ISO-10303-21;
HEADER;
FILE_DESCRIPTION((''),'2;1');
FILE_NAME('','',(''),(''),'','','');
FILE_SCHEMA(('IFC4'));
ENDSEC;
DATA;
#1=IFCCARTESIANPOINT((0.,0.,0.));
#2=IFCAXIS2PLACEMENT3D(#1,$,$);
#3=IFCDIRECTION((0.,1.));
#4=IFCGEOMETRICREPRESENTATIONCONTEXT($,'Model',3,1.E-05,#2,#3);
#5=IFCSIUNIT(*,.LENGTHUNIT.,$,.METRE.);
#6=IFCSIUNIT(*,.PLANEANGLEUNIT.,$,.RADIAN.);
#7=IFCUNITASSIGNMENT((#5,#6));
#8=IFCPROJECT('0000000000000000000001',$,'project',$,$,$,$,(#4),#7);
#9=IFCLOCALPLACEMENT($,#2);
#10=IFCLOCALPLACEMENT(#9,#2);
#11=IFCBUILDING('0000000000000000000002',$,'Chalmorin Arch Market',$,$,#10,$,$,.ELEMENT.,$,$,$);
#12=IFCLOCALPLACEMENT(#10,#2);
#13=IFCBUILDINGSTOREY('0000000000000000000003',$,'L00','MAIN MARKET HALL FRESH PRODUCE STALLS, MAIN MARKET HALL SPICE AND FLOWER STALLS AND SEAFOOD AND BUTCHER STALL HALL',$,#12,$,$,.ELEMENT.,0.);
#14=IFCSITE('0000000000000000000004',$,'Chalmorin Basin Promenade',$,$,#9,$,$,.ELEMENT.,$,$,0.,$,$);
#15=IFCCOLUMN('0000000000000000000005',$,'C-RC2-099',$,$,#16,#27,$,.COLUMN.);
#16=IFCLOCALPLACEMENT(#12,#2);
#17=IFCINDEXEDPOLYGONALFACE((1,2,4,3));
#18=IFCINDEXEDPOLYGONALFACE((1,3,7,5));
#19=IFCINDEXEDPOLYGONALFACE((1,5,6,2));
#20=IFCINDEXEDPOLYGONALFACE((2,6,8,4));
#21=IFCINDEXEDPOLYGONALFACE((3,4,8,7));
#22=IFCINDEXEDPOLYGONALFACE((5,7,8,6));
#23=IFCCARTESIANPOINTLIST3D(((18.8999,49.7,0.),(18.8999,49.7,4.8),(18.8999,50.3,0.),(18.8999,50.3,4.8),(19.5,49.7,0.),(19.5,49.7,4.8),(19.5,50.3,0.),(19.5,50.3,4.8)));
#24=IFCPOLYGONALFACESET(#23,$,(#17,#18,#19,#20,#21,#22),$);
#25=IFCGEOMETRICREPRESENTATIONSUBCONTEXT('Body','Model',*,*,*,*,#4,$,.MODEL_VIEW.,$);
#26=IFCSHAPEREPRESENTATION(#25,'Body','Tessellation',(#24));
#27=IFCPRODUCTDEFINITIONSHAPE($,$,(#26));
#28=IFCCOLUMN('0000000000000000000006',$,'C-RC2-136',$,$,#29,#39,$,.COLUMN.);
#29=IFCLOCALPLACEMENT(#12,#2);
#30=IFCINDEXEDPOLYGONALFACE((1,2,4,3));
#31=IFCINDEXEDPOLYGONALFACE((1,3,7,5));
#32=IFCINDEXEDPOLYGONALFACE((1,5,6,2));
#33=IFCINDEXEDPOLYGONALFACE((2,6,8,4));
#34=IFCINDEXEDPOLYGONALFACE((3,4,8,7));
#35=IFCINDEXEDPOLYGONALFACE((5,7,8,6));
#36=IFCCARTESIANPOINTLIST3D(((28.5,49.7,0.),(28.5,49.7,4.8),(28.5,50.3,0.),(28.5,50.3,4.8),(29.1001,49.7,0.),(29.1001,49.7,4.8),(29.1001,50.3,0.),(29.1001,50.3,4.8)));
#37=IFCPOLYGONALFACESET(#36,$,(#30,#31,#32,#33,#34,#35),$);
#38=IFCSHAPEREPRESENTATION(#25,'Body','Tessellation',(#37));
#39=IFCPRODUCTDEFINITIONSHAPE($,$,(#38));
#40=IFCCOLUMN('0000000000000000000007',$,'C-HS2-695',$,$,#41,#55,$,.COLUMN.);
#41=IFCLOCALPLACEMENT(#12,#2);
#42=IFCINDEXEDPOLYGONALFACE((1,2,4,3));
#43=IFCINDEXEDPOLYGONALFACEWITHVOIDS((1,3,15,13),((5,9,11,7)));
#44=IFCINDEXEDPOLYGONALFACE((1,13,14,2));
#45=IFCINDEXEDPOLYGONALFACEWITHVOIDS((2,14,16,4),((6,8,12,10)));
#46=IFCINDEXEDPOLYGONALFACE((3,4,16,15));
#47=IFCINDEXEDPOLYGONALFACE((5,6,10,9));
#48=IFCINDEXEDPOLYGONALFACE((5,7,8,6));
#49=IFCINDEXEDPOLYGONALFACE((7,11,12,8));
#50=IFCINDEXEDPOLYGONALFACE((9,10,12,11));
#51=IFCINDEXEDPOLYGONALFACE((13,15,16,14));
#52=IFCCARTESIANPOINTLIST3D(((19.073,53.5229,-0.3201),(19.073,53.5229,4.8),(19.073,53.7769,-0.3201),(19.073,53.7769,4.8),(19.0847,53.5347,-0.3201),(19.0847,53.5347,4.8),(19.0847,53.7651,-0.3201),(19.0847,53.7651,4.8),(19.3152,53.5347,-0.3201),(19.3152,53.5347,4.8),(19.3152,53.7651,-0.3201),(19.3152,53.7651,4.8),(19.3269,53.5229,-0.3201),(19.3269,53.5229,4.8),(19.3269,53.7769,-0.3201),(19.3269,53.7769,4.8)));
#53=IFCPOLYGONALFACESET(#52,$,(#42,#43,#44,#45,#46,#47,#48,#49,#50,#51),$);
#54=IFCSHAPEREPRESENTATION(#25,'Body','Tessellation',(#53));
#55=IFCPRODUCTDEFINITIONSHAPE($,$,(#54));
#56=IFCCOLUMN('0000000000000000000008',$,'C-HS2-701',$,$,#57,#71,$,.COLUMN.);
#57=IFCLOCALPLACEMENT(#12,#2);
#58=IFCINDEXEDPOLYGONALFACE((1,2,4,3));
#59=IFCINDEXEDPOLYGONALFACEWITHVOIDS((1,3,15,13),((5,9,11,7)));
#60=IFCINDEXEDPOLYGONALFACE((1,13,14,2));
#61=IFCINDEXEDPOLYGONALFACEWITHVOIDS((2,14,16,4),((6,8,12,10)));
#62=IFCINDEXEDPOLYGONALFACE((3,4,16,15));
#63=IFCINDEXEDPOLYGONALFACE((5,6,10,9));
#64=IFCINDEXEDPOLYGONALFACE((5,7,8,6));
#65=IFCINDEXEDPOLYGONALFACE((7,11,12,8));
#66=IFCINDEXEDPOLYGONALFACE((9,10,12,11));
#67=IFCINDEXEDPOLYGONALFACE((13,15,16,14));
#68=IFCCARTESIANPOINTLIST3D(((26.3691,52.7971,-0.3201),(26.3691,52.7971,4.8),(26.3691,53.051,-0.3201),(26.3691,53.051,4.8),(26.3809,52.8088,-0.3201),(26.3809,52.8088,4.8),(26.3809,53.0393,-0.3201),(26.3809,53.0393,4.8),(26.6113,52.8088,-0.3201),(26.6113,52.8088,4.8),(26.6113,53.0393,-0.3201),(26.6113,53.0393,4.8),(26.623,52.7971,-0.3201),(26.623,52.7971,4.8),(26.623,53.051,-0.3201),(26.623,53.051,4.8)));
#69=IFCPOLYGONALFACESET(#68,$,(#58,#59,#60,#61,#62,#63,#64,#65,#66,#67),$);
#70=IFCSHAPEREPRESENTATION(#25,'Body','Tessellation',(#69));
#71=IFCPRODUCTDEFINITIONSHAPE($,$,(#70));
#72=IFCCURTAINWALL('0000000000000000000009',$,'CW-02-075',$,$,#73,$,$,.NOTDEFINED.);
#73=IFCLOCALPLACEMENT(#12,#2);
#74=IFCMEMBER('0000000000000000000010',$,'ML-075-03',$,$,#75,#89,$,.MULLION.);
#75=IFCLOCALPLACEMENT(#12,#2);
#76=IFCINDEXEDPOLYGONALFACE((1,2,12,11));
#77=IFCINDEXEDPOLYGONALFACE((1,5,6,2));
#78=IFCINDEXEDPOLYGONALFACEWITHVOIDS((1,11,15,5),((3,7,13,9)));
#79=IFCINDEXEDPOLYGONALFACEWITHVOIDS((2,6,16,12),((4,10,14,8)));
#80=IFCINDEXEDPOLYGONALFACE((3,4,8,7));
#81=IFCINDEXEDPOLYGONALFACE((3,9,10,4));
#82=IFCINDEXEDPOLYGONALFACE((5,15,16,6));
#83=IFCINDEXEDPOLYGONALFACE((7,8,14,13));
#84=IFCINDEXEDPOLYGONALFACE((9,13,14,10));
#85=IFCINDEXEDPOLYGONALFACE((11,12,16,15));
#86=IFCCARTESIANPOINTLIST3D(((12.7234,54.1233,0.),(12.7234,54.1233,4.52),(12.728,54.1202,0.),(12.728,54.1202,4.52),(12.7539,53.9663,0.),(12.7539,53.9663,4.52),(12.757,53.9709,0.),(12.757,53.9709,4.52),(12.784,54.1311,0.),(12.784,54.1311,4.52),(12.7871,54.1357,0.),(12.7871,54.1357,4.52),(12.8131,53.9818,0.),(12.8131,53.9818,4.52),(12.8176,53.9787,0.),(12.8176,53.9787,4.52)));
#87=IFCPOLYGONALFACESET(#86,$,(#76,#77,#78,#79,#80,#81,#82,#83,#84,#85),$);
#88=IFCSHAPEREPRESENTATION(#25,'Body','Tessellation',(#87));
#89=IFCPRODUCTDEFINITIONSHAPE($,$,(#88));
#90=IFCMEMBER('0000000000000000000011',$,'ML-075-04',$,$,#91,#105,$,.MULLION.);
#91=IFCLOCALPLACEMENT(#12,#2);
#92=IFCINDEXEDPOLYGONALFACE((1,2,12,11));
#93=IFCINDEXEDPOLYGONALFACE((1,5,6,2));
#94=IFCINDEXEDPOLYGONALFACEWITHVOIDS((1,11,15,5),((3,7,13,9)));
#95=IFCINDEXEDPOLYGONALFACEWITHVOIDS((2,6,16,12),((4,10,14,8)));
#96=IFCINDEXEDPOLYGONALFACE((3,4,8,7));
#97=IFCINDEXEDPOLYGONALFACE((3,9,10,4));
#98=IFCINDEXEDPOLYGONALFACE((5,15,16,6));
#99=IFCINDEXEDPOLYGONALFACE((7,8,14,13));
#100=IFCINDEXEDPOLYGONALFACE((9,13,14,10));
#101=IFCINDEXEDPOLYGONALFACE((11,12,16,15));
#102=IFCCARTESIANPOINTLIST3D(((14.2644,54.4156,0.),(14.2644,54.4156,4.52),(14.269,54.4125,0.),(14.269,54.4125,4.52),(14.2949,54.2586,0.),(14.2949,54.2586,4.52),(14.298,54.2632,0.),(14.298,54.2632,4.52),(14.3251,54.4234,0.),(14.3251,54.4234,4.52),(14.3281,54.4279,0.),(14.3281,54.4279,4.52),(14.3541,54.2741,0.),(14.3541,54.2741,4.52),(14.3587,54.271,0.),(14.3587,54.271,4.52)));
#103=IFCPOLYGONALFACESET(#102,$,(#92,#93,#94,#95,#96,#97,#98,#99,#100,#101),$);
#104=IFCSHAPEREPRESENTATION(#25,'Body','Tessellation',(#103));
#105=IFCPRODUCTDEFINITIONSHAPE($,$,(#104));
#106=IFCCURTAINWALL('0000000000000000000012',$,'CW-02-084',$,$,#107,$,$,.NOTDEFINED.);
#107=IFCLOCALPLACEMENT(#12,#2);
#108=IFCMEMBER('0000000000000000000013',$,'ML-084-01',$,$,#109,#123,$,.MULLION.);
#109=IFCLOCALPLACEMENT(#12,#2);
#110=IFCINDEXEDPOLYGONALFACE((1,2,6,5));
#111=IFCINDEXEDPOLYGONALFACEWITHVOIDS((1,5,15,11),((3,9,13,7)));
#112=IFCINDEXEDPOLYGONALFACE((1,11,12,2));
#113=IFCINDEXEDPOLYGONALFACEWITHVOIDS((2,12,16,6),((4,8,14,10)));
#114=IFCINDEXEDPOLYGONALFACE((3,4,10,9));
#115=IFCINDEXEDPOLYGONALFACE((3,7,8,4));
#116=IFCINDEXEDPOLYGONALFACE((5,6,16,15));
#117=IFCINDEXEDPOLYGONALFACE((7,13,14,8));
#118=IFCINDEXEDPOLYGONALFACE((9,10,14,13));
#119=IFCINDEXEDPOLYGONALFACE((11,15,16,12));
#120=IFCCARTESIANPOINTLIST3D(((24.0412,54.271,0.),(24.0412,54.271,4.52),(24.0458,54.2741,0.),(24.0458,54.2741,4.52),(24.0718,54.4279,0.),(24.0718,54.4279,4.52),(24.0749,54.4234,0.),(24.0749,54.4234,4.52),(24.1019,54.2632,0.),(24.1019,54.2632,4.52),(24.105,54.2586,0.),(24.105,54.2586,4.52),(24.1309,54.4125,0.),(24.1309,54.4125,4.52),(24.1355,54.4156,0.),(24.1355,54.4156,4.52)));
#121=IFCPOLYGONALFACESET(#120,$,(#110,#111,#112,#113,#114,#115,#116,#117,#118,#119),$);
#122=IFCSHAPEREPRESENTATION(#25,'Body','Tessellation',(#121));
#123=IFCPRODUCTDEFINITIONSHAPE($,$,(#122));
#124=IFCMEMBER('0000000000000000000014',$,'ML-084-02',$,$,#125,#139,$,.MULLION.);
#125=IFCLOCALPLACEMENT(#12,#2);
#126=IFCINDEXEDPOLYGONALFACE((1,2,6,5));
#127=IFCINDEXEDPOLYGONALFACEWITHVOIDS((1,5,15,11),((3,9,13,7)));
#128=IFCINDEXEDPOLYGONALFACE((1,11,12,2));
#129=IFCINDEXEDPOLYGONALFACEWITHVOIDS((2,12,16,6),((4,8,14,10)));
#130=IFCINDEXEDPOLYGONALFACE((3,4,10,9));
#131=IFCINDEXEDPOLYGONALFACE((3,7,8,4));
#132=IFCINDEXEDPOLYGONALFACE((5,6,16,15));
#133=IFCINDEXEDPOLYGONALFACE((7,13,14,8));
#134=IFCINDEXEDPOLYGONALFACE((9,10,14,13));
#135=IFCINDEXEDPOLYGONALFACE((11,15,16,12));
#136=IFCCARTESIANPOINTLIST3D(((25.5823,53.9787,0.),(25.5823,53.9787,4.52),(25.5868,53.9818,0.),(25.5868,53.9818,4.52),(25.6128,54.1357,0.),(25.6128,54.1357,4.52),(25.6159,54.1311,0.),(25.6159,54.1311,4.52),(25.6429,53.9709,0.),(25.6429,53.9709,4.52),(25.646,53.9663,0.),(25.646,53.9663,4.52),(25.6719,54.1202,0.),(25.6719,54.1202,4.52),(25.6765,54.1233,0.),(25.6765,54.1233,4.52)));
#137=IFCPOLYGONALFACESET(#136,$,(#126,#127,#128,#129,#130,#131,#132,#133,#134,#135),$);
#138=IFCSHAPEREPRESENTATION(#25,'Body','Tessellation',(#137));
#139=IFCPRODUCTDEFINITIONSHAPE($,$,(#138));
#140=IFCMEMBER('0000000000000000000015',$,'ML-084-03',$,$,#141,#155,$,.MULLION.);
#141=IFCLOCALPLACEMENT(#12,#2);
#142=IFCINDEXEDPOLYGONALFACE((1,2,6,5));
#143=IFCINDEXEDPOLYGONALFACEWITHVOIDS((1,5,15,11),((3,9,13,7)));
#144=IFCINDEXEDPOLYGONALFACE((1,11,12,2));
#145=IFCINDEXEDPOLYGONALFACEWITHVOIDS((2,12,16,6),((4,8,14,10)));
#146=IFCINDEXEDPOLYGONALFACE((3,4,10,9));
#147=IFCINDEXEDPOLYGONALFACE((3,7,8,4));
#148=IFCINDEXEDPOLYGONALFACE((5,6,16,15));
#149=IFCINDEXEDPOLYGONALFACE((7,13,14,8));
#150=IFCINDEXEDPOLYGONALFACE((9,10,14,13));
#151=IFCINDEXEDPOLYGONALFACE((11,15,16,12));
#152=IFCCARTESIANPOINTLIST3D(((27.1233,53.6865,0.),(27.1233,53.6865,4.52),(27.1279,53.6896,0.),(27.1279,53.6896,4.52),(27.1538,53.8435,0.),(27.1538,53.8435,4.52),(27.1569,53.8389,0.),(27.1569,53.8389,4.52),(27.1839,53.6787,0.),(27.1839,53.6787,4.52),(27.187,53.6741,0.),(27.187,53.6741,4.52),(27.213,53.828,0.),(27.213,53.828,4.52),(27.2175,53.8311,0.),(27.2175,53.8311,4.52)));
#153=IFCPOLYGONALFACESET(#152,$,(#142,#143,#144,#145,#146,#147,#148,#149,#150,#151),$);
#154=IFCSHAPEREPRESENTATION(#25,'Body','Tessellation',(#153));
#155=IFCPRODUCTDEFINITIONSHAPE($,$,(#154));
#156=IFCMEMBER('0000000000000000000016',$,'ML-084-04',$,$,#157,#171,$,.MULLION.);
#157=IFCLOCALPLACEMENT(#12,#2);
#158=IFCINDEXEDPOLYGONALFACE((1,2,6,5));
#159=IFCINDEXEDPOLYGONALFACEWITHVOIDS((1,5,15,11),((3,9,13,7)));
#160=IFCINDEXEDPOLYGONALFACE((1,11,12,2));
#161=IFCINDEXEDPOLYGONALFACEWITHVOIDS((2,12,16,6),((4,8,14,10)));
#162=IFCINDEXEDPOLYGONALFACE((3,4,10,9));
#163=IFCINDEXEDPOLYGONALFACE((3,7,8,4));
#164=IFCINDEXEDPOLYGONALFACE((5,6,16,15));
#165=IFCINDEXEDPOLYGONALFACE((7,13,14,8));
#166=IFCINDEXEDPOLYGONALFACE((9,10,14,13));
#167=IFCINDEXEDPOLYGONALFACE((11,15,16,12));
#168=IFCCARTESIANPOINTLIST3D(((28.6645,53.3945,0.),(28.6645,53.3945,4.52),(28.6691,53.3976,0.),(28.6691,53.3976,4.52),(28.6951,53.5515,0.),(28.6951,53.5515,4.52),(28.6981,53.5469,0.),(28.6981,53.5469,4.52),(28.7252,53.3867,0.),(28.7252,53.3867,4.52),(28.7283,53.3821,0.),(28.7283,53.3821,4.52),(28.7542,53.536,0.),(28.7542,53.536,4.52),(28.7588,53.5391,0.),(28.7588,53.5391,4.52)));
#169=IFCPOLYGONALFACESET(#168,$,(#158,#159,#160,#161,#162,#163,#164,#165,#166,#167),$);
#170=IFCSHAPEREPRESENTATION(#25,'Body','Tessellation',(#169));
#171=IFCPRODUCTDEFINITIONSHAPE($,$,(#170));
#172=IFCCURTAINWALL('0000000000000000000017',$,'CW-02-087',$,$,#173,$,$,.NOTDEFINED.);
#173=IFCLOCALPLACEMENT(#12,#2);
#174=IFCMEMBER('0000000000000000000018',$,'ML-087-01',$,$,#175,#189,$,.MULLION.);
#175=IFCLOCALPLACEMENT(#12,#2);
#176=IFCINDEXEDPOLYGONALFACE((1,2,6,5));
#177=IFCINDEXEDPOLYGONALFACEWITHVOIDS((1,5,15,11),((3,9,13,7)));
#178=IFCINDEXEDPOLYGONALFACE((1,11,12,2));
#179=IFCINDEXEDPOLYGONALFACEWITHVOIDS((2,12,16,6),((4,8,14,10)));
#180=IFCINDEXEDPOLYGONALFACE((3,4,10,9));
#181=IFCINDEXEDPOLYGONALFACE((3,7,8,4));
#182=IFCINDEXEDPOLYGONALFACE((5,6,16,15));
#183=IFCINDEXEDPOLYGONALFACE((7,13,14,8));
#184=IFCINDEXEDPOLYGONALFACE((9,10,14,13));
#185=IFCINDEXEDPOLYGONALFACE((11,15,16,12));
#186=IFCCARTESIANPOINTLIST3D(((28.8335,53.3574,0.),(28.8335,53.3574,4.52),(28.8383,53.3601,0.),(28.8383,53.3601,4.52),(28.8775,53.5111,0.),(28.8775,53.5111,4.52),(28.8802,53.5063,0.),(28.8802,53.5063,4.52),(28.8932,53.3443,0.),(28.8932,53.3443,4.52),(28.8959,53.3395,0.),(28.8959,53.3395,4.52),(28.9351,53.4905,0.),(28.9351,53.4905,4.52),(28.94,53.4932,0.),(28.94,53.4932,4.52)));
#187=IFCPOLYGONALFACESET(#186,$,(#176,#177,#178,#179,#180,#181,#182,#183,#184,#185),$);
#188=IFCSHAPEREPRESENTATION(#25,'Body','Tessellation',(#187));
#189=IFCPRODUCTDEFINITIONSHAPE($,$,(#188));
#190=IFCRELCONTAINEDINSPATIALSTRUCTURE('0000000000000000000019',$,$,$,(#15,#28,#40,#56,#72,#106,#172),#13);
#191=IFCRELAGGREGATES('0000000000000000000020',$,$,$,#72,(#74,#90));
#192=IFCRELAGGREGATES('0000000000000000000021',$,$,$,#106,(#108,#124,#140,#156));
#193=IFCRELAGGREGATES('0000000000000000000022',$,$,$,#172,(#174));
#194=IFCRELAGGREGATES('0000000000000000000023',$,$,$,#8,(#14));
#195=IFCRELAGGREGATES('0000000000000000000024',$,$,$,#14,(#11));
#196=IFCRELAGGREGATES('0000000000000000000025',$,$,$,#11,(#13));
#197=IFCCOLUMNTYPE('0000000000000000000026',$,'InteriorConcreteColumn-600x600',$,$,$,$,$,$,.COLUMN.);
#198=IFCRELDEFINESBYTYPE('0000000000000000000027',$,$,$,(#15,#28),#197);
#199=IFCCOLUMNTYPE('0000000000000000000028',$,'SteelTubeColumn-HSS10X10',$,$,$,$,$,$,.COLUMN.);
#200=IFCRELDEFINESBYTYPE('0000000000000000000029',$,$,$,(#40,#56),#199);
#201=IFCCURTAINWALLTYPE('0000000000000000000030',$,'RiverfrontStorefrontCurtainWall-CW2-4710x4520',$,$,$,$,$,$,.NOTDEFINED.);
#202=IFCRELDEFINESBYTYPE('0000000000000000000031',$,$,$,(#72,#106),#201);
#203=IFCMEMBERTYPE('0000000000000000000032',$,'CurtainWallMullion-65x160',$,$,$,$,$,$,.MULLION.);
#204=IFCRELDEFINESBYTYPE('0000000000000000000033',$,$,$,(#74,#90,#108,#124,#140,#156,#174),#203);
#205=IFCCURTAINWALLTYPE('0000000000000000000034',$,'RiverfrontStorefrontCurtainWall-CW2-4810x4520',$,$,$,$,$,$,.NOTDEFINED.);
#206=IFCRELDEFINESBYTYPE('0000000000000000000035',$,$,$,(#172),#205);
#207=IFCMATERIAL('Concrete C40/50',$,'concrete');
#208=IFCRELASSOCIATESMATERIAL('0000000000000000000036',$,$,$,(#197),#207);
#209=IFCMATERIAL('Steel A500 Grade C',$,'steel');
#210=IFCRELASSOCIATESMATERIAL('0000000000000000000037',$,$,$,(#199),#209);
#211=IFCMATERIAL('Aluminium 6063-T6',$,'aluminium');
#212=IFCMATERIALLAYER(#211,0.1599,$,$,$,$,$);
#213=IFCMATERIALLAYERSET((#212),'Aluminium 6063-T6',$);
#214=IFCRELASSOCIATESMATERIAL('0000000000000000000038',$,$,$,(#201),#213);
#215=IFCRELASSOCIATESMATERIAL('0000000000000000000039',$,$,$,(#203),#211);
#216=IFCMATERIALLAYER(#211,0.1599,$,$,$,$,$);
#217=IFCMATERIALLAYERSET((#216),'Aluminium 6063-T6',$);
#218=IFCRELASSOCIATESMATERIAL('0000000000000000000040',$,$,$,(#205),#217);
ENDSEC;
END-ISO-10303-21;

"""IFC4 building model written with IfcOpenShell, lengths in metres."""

from ifc_helpers import new_model, si_unit, direction, frame, origin, origin_2d, place, context, subcontext, project, spatial, rectangle, hollow_rectangle, extrude, material, layer, layer_set, material_profile, profile_set, type_object, element, aggregate, save


model = new_model("IFC4")

# Units and contexts
model_context = context("Model", 3, precision=1e-05, world=origin(), true_north=direction((0.0, 1.0)))
body_context = subcontext(model_context, "Body", "Model", "MODEL_VIEW")
ifc_project = project(units=[si_unit("LENGTHUNIT", "METRE"), si_unit("PLANEANGLEUNIT", "RADIAN")], contexts=[model_context])

# Site, building, storey
site_placement = place(None, origin())
site = spatial("IfcSite", under=ifc_project, at=site_placement, Name="Chalmorin Basin Promenade", CompositionType="ELEMENT", RefElevation=0.0)
building_placement = place(site_placement, origin())
building = spatial("IfcBuilding", under=site, at=building_placement, Name="Chalmorin Arch Market", CompositionType="ELEMENT")
storey_placement = place(building_placement, origin())
storey = spatial("IfcBuildingStorey", under=building, at=storey_placement, Name="L00", Description="MAIN MARKET HALL FRESH PRODUCE STALLS, MAIN MARKET HALL SPICE AND FLOWER STALLS AND SEAFOOD AND BUTCHER STALL HALL", CompositionType="ELEMENT", Elevation=0.0)

# Columns
ifc_material_1 = material(Name="Concrete C40/50", Category="concrete")
ifc_material_profile_1 = material_profile(ifc_material_1, rectangle(XDim=0.6001, YDim=0.6001, at=origin_2d()), Name="RC600X600")
ifc_profile_set_1 = profile_set([ifc_material_profile_1], Name="Concrete C40/50")
column_type_1 = type_object("IfcColumnType", Name="InteriorConcreteColumn-600x600", PredefinedType="COLUMN", material=ifc_profile_set_1)
for number, where, z_axis, x_axis, name in (
    (1, (19.2, 50.0, 0.0), (0.0, 0.0, 1.0), (1.0, 0.0, 0.0), "C-RC2-099"),
    (2, (28.8, 50.0, 0.0), (0.0, 0.0, 1.0), (1.0, 0.0, 0.0), "C-RC2-136"),
):
    element("IfcColumn", number, at=place(storey_placement, frame(where, z_axis=z_axis, x_axis=x_axis)), inside=storey, type_object=column_type_1, Name=name, PredefinedType="COLUMN", context=body_context, shape_type="SweptSolid", body=[
        extrude(rectangle(XDim=0.6001, YDim=0.6001, at=origin_2d()), origin(), (0.0, 0.0, 1.0), 4.8),
    ])
ifc_material_2 = material(Name="Steel A500 Grade C", Category="steel")
ifc_material_profile_2 = material_profile(ifc_material_2, hollow_rectangle(XDim=0.2539, YDim=0.2539, WallThickness=0.0117, at=origin_2d()), Name="HSS10X10X1/2")
ifc_profile_set_2 = profile_set([ifc_material_profile_2], Name="Steel A500 Grade C")
column_type_2 = type_object("IfcColumnType", Name="SteelTubeColumn-HSS10X10", PredefinedType="COLUMN", material=ifc_profile_set_2)
for number, where, z_axis, x_axis, name in (
    (3, (19.2, 53.6499, -0.3201), (0.0, 0.0, 1.0), (1.0, 0.0, 0.0), "C-HS2-695"),
    (4, (26.4961, 52.9241, -0.3201), (0.0, 0.0, 1.0), (1.0, 0.0, 0.0), "C-HS2-701"),
):
    element("IfcColumn", number, at=place(storey_placement, frame(where, z_axis=z_axis, x_axis=x_axis)), inside=storey, type_object=column_type_2, Name=name, PredefinedType="COLUMN", context=body_context, shape_type="SweptSolid", body=[
        extrude(hollow_rectangle(XDim=0.2539, YDim=0.2539, WallThickness=0.0117, at=origin_2d()), origin(), (0.0, 0.0, 1.0), 5.1201),
    ])

# Curtain walls, members
ifc_material_3 = material(Name="Aluminium 6063-T6", Category="aluminium")
ifc_layer_1 = layer(ifc_material_3, 0.1599)
ifc_layer_set_1 = layer_set([ifc_layer_1], Name="Aluminium 6063-T6")
curtain_wall_type_1 = type_object("IfcCurtainWallType", Name="RiverfrontStorefrontCurtainWall-CW2-4710x4520", PredefinedType="NOTDEFINED", material=ifc_layer_set_1)
curtain_wall_1_placement = place(storey_placement, origin())
curtain_wall_1 = element("IfcCurtainWall", 5, at=curtain_wall_1_placement, inside=storey, type_object=curtain_wall_type_1, Name="CW-02-075", PredefinedType="NOTDEFINED")
ifc_material_profile_3 = material_profile(ifc_material_3, hollow_rectangle(XDim=0.0649, YDim=0.1599, WallThickness=0.0039, at=origin_2d()), Name="ALU65X160X4")
ifc_profile_set_3 = profile_set([ifc_material_profile_3], Name="Aluminium 6063-T6")
member_type_1 = type_object("IfcMemberType", Name="CurtainWallMullion-65x160", PredefinedType="MULLION", material=ifc_profile_set_3)
member_1_placement = place(storey_placement, frame((12.7705, 54.051, 0.0), z_axis=(0.0, 0.0, 1.0), x_axis=(0.981627, 0.190809, 0.0)))
member_1 = element("IfcMember", 6, at=member_1_placement, type_object=member_type_1, Name="ML-075-03", PredefinedType="MULLION", context=body_context, shape_type="SweptSolid", body=[
    extrude(hollow_rectangle(XDim=0.0649, YDim=0.1599, WallThickness=0.0039, at=origin_2d()), origin(), (0.0, 0.0, 1.0), 4.52),
])
member_2_placement = place(storey_placement, frame((14.3115, 54.3433, 0.0), z_axis=(0.0, 0.0, 1.0), x_axis=(0.981627, 0.190809, 0.0)))
member_2 = element("IfcMember", 7, at=member_2_placement, type_object=member_type_1, Name="ML-075-04", PredefinedType="MULLION", context=body_context, shape_type="SweptSolid", body=[
    extrude(hollow_rectangle(XDim=0.0649, YDim=0.1599, WallThickness=0.0039, at=origin_2d()), origin(), (0.0, 0.0, 1.0), 4.52),
])
curtain_wall_2_placement = place(storey_placement, origin())
curtain_wall_2 = element("IfcCurtainWall", 8, at=curtain_wall_2_placement, inside=storey, type_object=curtain_wall_type_1, Name="CW-02-084", PredefinedType="NOTDEFINED")
member_3_placement = place(storey_placement, frame((24.0884, 54.3433, 0.0), z_axis=(0.0, 0.0, 1.0), x_axis=(0.981627, -0.190809, 0.0)))
member_3 = element("IfcMember", 9, at=member_3_placement, type_object=member_type_1, Name="ML-084-01", PredefinedType="MULLION", context=body_context, shape_type="SweptSolid", body=[
    extrude(hollow_rectangle(XDim=0.0649, YDim=0.1599, WallThickness=0.0039, at=origin_2d()), origin(), (0.0, 0.0, 1.0), 4.52),
])
member_4_placement = place(storey_placement, frame((25.6294, 54.051, 0.0), z_axis=(0.0, 0.0, 1.0), x_axis=(0.981627, -0.190809, 0.0)))
member_4 = element("IfcMember", 10, at=member_4_placement, type_object=member_type_1, Name="ML-084-02", PredefinedType="MULLION", context=body_context, shape_type="SweptSolid", body=[
    extrude(hollow_rectangle(XDim=0.0649, YDim=0.1599, WallThickness=0.0039, at=origin_2d()), origin(), (0.0, 0.0, 1.0), 4.52),
])
member_5_placement = place(storey_placement, frame((27.1704, 53.7588, 0.0), z_axis=(0.0, 0.0, 1.0), x_axis=(0.981627, -0.190809, 0.0)))
member_5 = element("IfcMember", 11, at=member_5_placement, type_object=member_type_1, Name="ML-084-03", PredefinedType="MULLION", context=body_context, shape_type="SweptSolid", body=[
    extrude(hollow_rectangle(XDim=0.0649, YDim=0.1599, WallThickness=0.0039, at=origin_2d()), origin(), (0.0, 0.0, 1.0), 4.52),
])
member_6_placement = place(storey_placement, frame((28.7117, 53.4668, 0.0), z_axis=(0.0, 0.0, 1.0), x_axis=(0.981627, -0.190809, 0.0)))
member_6 = element("IfcMember", 12, at=member_6_placement, type_object=member_type_1, Name="ML-084-04", PredefinedType="MULLION", context=body_context, shape_type="SweptSolid", body=[
    extrude(hollow_rectangle(XDim=0.0649, YDim=0.1599, WallThickness=0.0039, at=origin_2d()), origin(), (0.0, 0.0, 1.0), 4.52),
])
ifc_layer_2 = layer(ifc_material_3, 0.1599)
ifc_layer_set_2 = layer_set([ifc_layer_2], Name="Aluminium 6063-T6")
curtain_wall_type_2 = type_object("IfcCurtainWallType", Name="RiverfrontStorefrontCurtainWall-CW2-4810x4520", PredefinedType="NOTDEFINED", material=ifc_layer_set_2)
curtain_wall_3_placement = place(storey_placement, origin())
curtain_wall_3 = element("IfcCurtainWall", 13, at=curtain_wall_3_placement, inside=storey, type_object=curtain_wall_type_2, Name="CW-02-087", PredefinedType="NOTDEFINED")
member_7_placement = place(storey_placement, frame((28.8867, 53.4253, 0.0), z_axis=(0.0, 0.0, 1.0), x_axis=(0.961262, -0.275637, 0.0)))
member_7 = element("IfcMember", 14, at=member_7_placement, type_object=member_type_1, Name="ML-087-01", PredefinedType="MULLION", context=body_context, shape_type="SweptSolid", body=[
    extrude(hollow_rectangle(XDim=0.0649, YDim=0.1599, WallThickness=0.0039, at=origin_2d()), origin(), (0.0, 0.0, 1.0), 4.52),
])

aggregate(curtain_wall_1, [member_1, member_2])
aggregate(curtain_wall_2, [member_3, member_4, member_5, member_6])
aggregate(curtain_wall_3, [member_7])

save(model, "model.ifc")
